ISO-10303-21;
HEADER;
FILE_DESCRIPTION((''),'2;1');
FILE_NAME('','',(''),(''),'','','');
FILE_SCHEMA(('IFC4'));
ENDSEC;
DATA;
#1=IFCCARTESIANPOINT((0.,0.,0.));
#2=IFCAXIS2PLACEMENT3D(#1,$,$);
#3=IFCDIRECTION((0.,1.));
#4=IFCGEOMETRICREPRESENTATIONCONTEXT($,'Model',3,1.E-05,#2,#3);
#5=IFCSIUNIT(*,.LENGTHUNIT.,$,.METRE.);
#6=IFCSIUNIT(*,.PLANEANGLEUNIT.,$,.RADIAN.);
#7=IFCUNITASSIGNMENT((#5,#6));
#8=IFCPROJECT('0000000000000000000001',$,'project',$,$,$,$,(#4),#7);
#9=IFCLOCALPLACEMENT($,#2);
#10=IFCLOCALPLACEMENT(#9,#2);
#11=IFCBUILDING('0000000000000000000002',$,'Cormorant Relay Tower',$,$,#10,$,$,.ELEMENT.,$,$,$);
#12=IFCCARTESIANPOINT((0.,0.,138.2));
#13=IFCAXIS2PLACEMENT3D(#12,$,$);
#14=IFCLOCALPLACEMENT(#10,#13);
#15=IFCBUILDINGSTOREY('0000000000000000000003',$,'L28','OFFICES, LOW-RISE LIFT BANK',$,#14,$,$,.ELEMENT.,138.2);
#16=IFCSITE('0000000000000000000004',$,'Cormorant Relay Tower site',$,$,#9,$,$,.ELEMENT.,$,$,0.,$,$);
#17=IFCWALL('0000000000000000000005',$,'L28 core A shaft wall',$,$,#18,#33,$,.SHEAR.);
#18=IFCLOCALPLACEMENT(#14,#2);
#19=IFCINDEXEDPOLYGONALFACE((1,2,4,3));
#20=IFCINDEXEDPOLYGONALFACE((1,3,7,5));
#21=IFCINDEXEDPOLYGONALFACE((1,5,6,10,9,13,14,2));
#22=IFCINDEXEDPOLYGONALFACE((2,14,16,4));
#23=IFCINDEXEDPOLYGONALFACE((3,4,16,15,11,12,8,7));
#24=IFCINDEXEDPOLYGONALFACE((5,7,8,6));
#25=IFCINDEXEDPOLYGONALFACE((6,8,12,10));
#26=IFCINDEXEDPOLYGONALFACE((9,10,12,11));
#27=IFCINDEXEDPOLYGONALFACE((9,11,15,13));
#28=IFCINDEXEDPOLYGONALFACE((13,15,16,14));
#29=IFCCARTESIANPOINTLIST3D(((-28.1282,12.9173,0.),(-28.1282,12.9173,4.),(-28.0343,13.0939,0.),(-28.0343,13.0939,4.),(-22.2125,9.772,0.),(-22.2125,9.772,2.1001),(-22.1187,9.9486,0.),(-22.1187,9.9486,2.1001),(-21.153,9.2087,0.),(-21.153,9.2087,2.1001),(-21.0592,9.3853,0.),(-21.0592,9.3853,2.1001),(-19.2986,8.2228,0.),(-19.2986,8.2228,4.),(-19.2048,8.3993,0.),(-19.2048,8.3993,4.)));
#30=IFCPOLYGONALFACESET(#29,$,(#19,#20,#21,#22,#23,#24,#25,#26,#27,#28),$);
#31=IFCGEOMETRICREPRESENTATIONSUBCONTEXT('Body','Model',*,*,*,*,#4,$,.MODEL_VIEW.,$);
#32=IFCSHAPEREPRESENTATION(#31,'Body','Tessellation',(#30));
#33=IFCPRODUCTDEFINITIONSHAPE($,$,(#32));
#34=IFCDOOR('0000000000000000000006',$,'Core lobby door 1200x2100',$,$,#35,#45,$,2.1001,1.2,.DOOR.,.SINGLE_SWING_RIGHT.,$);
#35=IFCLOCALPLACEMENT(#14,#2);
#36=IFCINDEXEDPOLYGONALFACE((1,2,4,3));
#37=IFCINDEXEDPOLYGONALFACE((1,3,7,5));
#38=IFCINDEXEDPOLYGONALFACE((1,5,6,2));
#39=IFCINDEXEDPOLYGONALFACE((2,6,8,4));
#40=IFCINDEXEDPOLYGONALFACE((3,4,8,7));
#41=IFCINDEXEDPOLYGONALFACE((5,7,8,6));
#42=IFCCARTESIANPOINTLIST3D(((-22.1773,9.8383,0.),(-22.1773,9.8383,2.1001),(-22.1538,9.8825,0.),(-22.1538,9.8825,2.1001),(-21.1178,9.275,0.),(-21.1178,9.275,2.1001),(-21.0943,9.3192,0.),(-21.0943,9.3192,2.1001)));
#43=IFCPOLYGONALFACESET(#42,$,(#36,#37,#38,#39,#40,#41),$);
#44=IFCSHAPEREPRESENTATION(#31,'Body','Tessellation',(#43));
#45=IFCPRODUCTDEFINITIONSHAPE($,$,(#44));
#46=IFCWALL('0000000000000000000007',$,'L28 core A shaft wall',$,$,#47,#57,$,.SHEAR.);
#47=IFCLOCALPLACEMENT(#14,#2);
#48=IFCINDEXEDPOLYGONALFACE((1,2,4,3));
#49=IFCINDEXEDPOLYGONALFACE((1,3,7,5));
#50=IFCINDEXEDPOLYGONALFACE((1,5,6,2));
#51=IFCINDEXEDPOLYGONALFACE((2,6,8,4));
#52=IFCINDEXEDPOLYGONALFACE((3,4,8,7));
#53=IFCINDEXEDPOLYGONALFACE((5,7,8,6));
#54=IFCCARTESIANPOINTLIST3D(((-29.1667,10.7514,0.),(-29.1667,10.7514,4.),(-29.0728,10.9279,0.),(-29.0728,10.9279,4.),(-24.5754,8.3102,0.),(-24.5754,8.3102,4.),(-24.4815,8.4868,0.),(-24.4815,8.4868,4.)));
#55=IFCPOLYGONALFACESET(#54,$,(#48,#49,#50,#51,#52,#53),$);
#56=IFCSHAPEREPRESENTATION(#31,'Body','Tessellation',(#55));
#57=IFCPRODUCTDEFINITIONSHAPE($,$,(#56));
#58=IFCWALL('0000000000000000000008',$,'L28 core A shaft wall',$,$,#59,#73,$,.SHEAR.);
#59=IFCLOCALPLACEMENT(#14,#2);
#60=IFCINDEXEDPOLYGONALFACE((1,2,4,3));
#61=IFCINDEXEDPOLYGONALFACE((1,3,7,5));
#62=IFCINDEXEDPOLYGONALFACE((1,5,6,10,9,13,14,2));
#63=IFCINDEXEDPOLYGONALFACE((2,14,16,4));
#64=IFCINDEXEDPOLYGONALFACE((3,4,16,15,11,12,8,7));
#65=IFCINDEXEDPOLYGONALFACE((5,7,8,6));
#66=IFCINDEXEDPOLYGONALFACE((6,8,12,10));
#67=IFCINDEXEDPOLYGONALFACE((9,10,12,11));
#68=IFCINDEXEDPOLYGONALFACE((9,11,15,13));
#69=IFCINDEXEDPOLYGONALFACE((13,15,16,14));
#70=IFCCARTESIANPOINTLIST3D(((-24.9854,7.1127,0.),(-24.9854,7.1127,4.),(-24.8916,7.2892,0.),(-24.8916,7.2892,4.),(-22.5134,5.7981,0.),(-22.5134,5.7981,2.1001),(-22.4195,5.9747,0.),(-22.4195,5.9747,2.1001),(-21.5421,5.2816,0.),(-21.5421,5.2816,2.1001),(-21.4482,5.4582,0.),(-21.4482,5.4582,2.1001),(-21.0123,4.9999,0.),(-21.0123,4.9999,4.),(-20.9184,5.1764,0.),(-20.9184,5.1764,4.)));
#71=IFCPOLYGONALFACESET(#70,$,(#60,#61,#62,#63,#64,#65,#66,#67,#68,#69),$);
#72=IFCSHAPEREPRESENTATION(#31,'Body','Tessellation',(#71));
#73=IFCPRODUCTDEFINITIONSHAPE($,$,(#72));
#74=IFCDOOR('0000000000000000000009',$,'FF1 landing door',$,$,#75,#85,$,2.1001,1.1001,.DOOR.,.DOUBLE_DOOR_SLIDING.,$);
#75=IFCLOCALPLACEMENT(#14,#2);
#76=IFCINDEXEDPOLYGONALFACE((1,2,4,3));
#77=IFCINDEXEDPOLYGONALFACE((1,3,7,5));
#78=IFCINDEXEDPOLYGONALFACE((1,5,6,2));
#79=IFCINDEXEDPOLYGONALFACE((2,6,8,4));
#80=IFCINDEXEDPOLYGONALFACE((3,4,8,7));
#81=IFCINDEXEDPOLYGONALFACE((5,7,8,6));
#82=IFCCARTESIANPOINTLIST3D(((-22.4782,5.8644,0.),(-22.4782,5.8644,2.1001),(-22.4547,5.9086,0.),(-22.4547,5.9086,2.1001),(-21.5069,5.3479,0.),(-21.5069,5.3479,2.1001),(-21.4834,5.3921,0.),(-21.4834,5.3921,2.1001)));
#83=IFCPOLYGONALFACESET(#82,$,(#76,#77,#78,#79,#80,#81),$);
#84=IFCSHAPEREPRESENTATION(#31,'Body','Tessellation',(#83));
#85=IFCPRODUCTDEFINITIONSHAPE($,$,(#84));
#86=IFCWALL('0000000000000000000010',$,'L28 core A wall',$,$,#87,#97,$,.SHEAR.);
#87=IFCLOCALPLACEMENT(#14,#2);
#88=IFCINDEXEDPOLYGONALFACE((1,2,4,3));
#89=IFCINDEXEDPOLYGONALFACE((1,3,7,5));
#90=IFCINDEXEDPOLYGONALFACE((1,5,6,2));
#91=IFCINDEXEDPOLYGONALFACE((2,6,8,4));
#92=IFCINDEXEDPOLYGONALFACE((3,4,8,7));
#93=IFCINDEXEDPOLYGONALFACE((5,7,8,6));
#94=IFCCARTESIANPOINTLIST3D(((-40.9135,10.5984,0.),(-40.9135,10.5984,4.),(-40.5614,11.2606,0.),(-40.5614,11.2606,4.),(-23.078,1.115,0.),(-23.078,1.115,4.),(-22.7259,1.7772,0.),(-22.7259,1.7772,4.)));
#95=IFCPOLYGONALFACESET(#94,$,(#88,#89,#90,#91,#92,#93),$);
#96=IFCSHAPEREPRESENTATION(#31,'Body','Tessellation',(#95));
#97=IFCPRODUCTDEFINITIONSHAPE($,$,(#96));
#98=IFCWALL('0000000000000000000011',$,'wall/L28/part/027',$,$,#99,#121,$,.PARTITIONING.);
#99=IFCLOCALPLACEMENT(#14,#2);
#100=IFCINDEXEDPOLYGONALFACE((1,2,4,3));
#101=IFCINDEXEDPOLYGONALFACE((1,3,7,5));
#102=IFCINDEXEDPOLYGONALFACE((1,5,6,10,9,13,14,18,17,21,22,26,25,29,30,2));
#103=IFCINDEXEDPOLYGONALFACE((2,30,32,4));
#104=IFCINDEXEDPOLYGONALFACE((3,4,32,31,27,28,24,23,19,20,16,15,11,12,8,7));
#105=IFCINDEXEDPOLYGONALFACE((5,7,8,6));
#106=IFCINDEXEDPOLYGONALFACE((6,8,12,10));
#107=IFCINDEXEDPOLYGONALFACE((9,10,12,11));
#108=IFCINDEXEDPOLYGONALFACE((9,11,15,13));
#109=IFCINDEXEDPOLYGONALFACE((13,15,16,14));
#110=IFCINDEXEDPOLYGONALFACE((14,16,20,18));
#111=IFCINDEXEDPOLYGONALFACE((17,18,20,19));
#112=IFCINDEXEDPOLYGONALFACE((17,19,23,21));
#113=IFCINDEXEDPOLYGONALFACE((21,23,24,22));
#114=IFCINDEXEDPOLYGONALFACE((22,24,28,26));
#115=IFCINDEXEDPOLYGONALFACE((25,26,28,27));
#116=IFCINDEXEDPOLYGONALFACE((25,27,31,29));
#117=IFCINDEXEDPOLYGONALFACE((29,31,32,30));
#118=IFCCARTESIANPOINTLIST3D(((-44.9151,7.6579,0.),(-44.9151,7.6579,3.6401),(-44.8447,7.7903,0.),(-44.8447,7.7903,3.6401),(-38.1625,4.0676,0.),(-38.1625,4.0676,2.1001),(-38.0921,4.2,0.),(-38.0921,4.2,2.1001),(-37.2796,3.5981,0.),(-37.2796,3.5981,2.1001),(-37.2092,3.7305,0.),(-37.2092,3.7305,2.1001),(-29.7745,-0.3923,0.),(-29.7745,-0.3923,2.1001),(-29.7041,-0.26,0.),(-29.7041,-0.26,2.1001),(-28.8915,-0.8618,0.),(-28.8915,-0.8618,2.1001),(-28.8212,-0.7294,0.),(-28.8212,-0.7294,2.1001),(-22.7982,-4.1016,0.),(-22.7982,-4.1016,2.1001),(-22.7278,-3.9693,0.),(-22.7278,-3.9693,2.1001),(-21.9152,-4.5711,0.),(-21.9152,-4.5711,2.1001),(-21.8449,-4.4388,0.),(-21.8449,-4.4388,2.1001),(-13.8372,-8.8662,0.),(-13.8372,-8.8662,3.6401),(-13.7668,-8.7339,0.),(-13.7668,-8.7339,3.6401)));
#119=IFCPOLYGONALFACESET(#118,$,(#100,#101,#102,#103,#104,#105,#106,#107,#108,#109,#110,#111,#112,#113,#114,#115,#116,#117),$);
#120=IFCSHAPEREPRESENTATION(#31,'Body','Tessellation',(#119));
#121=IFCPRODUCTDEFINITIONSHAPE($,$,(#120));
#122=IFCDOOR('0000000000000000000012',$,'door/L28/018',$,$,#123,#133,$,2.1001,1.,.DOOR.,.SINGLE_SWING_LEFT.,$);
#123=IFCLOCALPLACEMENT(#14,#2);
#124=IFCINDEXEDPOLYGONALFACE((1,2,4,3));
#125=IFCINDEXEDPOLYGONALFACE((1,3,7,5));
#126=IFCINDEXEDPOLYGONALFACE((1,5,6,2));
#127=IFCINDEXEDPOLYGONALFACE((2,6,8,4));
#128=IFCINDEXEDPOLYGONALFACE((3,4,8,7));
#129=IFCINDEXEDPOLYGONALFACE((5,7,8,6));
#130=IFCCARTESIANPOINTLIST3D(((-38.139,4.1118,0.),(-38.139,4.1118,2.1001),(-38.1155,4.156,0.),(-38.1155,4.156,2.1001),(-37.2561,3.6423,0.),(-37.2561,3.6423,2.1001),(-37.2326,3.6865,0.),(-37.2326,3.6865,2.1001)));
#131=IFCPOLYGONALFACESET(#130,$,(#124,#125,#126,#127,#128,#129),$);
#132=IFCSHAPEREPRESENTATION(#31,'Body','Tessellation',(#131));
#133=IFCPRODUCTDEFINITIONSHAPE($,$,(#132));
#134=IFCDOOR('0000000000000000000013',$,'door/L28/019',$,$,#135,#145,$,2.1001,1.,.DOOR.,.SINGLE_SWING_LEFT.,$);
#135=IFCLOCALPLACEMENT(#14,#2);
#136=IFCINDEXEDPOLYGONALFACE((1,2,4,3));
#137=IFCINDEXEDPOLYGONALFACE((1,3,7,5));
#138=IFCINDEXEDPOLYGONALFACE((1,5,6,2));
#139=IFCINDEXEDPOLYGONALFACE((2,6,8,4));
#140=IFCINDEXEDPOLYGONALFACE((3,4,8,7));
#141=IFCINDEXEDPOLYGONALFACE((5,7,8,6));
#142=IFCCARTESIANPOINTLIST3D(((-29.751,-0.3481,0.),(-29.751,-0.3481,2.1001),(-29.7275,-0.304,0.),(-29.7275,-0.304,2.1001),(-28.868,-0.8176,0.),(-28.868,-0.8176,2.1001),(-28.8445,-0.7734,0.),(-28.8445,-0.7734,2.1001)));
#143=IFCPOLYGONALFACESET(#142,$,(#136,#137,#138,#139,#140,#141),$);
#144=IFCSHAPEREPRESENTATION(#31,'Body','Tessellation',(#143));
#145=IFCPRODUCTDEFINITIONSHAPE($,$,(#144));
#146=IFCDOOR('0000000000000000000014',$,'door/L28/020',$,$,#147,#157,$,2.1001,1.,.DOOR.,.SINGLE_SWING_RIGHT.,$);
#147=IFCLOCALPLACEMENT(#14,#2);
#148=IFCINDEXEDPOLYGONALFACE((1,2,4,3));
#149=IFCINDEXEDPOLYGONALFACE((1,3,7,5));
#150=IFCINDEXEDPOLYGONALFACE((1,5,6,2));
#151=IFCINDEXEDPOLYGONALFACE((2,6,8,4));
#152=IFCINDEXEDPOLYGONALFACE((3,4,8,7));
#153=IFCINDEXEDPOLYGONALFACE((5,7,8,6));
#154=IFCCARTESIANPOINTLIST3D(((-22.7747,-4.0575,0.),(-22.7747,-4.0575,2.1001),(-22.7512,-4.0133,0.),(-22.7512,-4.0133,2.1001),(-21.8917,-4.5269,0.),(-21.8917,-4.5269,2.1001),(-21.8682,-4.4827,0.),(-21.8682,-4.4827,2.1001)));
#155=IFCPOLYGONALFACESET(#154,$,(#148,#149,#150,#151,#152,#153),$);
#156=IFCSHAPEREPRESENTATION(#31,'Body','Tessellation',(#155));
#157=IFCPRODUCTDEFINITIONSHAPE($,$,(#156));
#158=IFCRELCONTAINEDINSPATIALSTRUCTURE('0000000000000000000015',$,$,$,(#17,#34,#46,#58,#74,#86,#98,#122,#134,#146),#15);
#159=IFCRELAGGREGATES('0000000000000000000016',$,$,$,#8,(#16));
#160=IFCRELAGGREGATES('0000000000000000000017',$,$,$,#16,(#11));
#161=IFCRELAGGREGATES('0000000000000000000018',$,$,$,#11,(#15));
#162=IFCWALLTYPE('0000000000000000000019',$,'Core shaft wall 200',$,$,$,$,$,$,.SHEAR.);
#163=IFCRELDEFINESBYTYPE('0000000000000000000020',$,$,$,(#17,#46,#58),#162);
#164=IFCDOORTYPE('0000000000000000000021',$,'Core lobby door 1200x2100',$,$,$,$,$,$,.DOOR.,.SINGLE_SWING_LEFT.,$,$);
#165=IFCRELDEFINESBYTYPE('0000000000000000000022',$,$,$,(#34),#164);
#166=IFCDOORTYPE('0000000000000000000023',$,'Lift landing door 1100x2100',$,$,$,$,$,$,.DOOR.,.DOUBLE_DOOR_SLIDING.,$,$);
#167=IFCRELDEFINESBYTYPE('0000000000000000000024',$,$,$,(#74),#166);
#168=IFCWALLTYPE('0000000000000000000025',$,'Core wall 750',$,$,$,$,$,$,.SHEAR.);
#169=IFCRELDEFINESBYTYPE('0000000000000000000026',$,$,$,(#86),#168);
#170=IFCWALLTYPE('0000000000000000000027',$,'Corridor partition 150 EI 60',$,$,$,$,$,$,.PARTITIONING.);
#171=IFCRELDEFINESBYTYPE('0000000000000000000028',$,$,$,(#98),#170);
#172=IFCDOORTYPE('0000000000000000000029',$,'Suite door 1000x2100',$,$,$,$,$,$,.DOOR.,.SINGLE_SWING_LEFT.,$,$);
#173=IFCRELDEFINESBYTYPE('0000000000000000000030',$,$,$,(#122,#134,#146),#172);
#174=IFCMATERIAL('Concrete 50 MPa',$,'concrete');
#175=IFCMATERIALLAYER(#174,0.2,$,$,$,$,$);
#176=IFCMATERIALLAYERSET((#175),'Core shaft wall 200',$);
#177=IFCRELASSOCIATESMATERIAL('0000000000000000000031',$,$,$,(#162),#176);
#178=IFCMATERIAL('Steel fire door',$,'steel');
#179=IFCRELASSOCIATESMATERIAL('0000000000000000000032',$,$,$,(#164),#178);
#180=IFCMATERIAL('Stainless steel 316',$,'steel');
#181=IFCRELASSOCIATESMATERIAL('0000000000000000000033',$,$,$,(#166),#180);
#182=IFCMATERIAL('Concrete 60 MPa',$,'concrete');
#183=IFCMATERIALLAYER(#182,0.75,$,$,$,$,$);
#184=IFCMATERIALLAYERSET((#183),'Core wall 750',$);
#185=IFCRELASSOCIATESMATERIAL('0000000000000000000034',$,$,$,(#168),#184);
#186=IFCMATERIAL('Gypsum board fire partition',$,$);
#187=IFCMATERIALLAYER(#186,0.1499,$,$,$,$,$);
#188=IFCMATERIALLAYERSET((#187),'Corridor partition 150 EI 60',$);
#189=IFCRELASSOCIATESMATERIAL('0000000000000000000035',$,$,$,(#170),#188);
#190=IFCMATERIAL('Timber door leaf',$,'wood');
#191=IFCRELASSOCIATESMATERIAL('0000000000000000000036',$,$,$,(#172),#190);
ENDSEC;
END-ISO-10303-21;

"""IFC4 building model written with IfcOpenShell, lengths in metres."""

from ifc_helpers import new_model, si_unit, direction, frame, frame_2d, origin, place, context, subcontext, project, spatial, rectangle, extrude, material, layer, layer_set, type_object, element, fill, save


model = new_model("IFC4")

# Units and contexts
model_context = context("Model", 3, precision=1e-05, world=origin(), true_north=direction((0.0, 1.0)))
body_context = subcontext(model_context, "Body", "Model", "MODEL_VIEW")
ifc_project = project(units=[si_unit("LENGTHUNIT", "METRE"), si_unit("PLANEANGLEUNIT", "RADIAN")], contexts=[model_context])

# Site, building, storey
site_placement = place(None, origin())
site = spatial("IfcSite", under=ifc_project, at=site_placement, Name="Cormorant Relay Tower site", CompositionType="ELEMENT", RefElevation=0.0)
building_placement = place(site_placement, origin())
building = spatial("IfcBuilding", under=site, at=building_placement, Name="Cormorant Relay Tower", CompositionType="ELEMENT")
storey_placement = place(building_placement, frame((0.0, 0.0, 138.2)))
storey = spatial("IfcBuildingStorey", under=building, at=storey_placement, Name="L28", Description="OFFICES, LOW-RISE LIFT BANK", CompositionType="ELEMENT", Elevation=138.2)

# Shared definitions
ifc_material_1 = material(Name="Concrete 50 MPa", Category="concrete")
ifc_layer_1 = layer(ifc_material_1, 0.2)
ifc_layer_set_1 = layer_set([ifc_layer_1], Name="Core shaft wall 200")
wall_type_1 = type_object("IfcWallType", Name="Core shaft wall 200", PredefinedType="SHEAR", material=ifc_layer_set_1)

# Wall, opening, door
wall_1_placement = place(storey_placement, frame((-19.2517, 8.311, 0.0), z_axis=(0.0, 0.0, 1.0), x_axis=(-0.882956, 0.469456, 0.0)))
wall_1 = element("IfcWall", 1, at=wall_1_placement, inside=storey, type_object=wall_type_1, Name="L28 core A shaft wall", PredefinedType="SHEAR", context=body_context, shape_type="SweptSolid", body=[
    extrude(rectangle(XDim=10.0, YDim=0.2, at=frame_2d((5.0, 0.0))), origin(), (0.0, 0.0, 1.0), 4.0),
])
opening_1_placement = place(wall_1_placement, frame((2.1001, 0.0, 0.0)))
opening_1 = element("IfcOpeningElement", 2, at=opening_1_placement, cuts=wall_1, PredefinedType="OPENING", context=body_context, shape_type="SweptSolid", body=[
    extrude(rectangle(XDim=1.2, YDim=2.1001, at=frame_2d((0.6001, 1.05))), frame((0.0, 0.1099, 0.0), z_axis=(0.0, -1.0, 0.0), x_axis=(1.0, 0.0, 0.0)), (0.0, 0.0, 1.0), 0.22),
])
ifc_material_2 = material(Name="Steel fire door", Category="steel")
door_type_1 = type_object("IfcDoorType", Name="Core lobby door 1200x2100", OperationType="SINGLE_SWING_LEFT", PredefinedType="DOOR", material=ifc_material_2)
door_1_placement = place(opening_1_placement, origin())
door_1 = element("IfcDoor", 3, at=door_1_placement, inside=storey, type_object=door_type_1, Name="Core lobby door 1200x2100", OperationType="SINGLE_SWING_RIGHT", OverallHeight=2.1001, OverallWidth=1.2, PredefinedType="DOOR", context=body_context, shape_type="SweptSolid", body=[
    extrude(rectangle(XDim=1.2, YDim=2.1001, at=frame_2d((0.6001, 1.05))), frame((0.0, 0.0249, 0.0), z_axis=(0.0, -1.0, 0.0), x_axis=(1.0, 0.0, 0.0)), (0.0, 0.0, 1.0), 0.05),
])
fill(opening_1, door_1)

# Wall
wall_2_placement = place(storey_placement, frame((-24.5283, 8.3984, 0.0), z_axis=(0.0, 0.0, 1.0), x_axis=(-0.882954, 0.46946, 0.0)))
element("IfcWall", 4, at=wall_2_placement, inside=storey, type_object=wall_type_1, Name="L28 core A shaft wall", PredefinedType="SHEAR", context=body_context, shape_type="SweptSolid", body=[
    extrude(rectangle(XDim=5.2, YDim=0.2, at=frame_2d((2.6001, 0.0))), origin(), (0.0, 0.0, 1.0), 4.0),
])

# Wall, opening, door
wall_3_placement = place(storey_placement, frame((-20.9653, 5.0881, 0.0), z_axis=(0.0, 0.0, 1.0), x_axis=(-0.882926, 0.469512, 0.0)))
wall_3 = element("IfcWall", 5, at=wall_3_placement, inside=storey, type_object=wall_type_1, Name="L28 core A shaft wall", PredefinedType="SHEAR", context=body_context, shape_type="SweptSolid", body=[
    extrude(rectangle(XDim=4.5, YDim=0.2, at=frame_2d((2.25, 0.0))), origin(), (0.0, 0.0, 1.0), 4.0),
])
opening_2_placement = place(wall_3_placement, frame((0.6001, 0.0, 0.0)))
opening_2 = element("IfcOpeningElement", 6, at=opening_2_placement, cuts=wall_3, PredefinedType="OPENING", context=body_context, shape_type="SweptSolid", body=[
    extrude(rectangle(XDim=1.1001, YDim=2.1001, at=frame_2d((0.55, 1.05))), frame((0.0, 0.1099, 0.0), z_axis=(0.0, -1.0, 0.0), x_axis=(1.0, 0.0, 0.0)), (0.0, 0.0, 1.0), 0.22),
])
ifc_material_3 = material(Name="Stainless steel 316", Category="steel")
door_type_2 = type_object("IfcDoorType", Name="Lift landing door 1100x2100", OperationType="DOUBLE_DOOR_SLIDING", PredefinedType="DOOR", material=ifc_material_3)
door_2_placement = place(opening_2_placement, origin())
door_2 = element("IfcDoor", 7, at=door_2_placement, inside=storey, type_object=door_type_2, Name="FF1 landing door", OperationType="DOUBLE_DOOR_SLIDING", OverallHeight=2.1001, OverallWidth=1.1001, PredefinedType="DOOR", context=body_context, shape_type="SweptSolid", body=[
    extrude(rectangle(XDim=1.1001, YDim=2.1001, at=frame_2d((0.55, 1.05))), frame((0.0, 0.0249, 0.0), z_axis=(0.0, -1.0, 0.0), x_axis=(1.0, 0.0, 0.0)), (0.0, 0.0, 1.0), 0.05),
])
fill(opening_2, door_2)

# Wall
ifc_material_4 = material(Name="Concrete 60 MPa", Category="concrete")
ifc_layer_2 = layer(ifc_material_4, 0.75)
ifc_layer_set_2 = layer_set([ifc_layer_2], Name="Core wall 750")
wall_type_2 = type_object("IfcWallType", Name="Core wall 750", PredefinedType="SHEAR", material=ifc_layer_set_2)
wall_4_placement = place(storey_placement, frame((-22.9019, 1.446, 0.0), z_axis=(0.0, 0.0, 1.0), x_axis=(-0.882945, 0.469476, 0.0)))
element("IfcWall", 8, at=wall_4_placement, inside=storey, type_object=wall_type_2, Name="L28 core A wall", PredefinedType="SHEAR", context=body_context, shape_type="SweptSolid", body=[
    extrude(rectangle(XDim=20.2, YDim=0.75, at=frame_2d((10.1001, 0.0))), origin(), (0.0, 0.0, 1.0), 4.0),
])

# Wall, openings, doors
ifc_material_5 = material(Name="Gypsum board fire partition")
ifc_layer_3 = layer(ifc_material_5, 0.1499)
ifc_layer_set_3 = layer_set([ifc_layer_3], Name="Corridor partition 150 EI 60")
wall_type_3 = type_object("IfcWallType", Name="Corridor partition 150 EI 60", PredefinedType="PARTITIONING", material=ifc_layer_set_3)
wall_5_placement = place(storey_placement, frame((-13.802, -8.8, 0.0), z_axis=(0.0, 0.0, 1.0), x_axis=(-0.88295, 0.469466, 0.0)))
wall_5 = element("IfcWall", 9, at=wall_5_placement, inside=storey, type_object=wall_type_3, Name="wall/L28/part/027", PredefinedType="PARTITIONING", context=body_context, shape_type="SweptSolid", body=[
    extrude(rectangle(XDim=35.1978, YDim=0.1499, at=frame_2d((17.5989, 0.0))), origin(), (0.0, 0.0, 1.0), 3.6401),
])
opening_3_placement = place(wall_5_placement, frame((26.55, 0.0, 0.0)))
opening_3 = element("IfcOpeningElement", 10, at=opening_3_placement, cuts=wall_5, PredefinedType="OPENING", context=body_context, shape_type="SweptSolid", body=[
    extrude(rectangle(XDim=1.0, YDim=2.1001, at=frame_2d((0.5, 1.05))), frame((0.0, 0.085, 0.0), z_axis=(0.0, -1.0, 0.0), x_axis=(1.0, 0.0, 0.0)), (0.0, 0.0, 1.0), 0.1699),
])
opening_4_placement = place(wall_5_placement, frame((17.05, 0.0, 0.0)))
opening_4 = element("IfcOpeningElement", 11, at=opening_4_placement, cuts=wall_5, PredefinedType="OPENING", context=body_context, shape_type="SweptSolid", body=[
    extrude(rectangle(XDim=1.0, YDim=2.1001, at=frame_2d((0.5, 1.05))), frame((0.0, 0.085, 0.0), z_axis=(0.0, -1.0, 0.0), x_axis=(1.0, 0.0, 0.0)), (0.0, 0.0, 1.0), 0.1699),
])
opening_5_placement = place(wall_5_placement, frame((9.1489, 0.0, 0.0)))
opening_5 = element("IfcOpeningElement", 12, at=opening_5_placement, cuts=wall_5, PredefinedType="OPENING", context=body_context, shape_type="SweptSolid", body=[
    extrude(rectangle(XDim=1.0, YDim=2.1001, at=frame_2d((0.5, 1.05))), frame((0.0, 0.085, 0.0), z_axis=(0.0, -1.0, 0.0), x_axis=(1.0, 0.0, 0.0)), (0.0, 0.0, 1.0), 0.1699),
])
ifc_material_6 = material(Name="Timber door leaf", Category="wood")
door_type_3 = type_object("IfcDoorType", Name="Suite door 1000x2100", OperationType="SINGLE_SWING_LEFT", PredefinedType="DOOR", material=ifc_material_6)
door_3_placement = place(opening_3_placement, origin())
door_3 = element("IfcDoor", 13, at=door_3_placement, inside=storey, type_object=door_type_3, Name="door/L28/018", OperationType="SINGLE_SWING_LEFT", OverallHeight=2.1001, OverallWidth=1.0, PredefinedType="DOOR", context=body_context, shape_type="SweptSolid", body=[
    extrude(rectangle(XDim=1.0, YDim=2.1001, at=frame_2d((0.5, 1.05))), frame((0.0, 0.0249, 0.0), z_axis=(0.0, -1.0, 0.0), x_axis=(1.0, 0.0, 0.0)), (0.0, 0.0, 1.0), 0.05),
])
fill(opening_3, door_3)
door_4_placement = place(opening_4_placement, origin())
door_4 = element("IfcDoor", 14, at=door_4_placement, inside=storey, type_object=door_type_3, Name="door/L28/019", OperationType="SINGLE_SWING_LEFT", OverallHeight=2.1001, OverallWidth=1.0, PredefinedType="DOOR", context=body_context, shape_type="SweptSolid", body=[
    extrude(rectangle(XDim=1.0, YDim=2.1001, at=frame_2d((0.5, 1.05))), frame((0.0, 0.0249, 0.0), z_axis=(0.0, -1.0, 0.0), x_axis=(1.0, 0.0, 0.0)), (0.0, 0.0, 1.0), 0.05),
])
fill(opening_4, door_4)
door_5_placement = place(opening_5_placement, origin())
door_5 = element("IfcDoor", 15, at=door_5_placement, inside=storey, type_object=door_type_3, Name="door/L28/020", OperationType="SINGLE_SWING_RIGHT", OverallHeight=2.1001, OverallWidth=1.0, PredefinedType="DOOR", context=body_context, shape_type="SweptSolid", body=[
    extrude(rectangle(XDim=1.0, YDim=2.1001, at=frame_2d((0.5, 1.05))), frame((0.0, 0.0249, 0.0), z_axis=(0.0, -1.0, 0.0), x_axis=(1.0, 0.0, 0.0)), (0.0, 0.0, 1.0), 0.05),
])
fill(opening_5, door_5)

save(model, "model.ifc")
